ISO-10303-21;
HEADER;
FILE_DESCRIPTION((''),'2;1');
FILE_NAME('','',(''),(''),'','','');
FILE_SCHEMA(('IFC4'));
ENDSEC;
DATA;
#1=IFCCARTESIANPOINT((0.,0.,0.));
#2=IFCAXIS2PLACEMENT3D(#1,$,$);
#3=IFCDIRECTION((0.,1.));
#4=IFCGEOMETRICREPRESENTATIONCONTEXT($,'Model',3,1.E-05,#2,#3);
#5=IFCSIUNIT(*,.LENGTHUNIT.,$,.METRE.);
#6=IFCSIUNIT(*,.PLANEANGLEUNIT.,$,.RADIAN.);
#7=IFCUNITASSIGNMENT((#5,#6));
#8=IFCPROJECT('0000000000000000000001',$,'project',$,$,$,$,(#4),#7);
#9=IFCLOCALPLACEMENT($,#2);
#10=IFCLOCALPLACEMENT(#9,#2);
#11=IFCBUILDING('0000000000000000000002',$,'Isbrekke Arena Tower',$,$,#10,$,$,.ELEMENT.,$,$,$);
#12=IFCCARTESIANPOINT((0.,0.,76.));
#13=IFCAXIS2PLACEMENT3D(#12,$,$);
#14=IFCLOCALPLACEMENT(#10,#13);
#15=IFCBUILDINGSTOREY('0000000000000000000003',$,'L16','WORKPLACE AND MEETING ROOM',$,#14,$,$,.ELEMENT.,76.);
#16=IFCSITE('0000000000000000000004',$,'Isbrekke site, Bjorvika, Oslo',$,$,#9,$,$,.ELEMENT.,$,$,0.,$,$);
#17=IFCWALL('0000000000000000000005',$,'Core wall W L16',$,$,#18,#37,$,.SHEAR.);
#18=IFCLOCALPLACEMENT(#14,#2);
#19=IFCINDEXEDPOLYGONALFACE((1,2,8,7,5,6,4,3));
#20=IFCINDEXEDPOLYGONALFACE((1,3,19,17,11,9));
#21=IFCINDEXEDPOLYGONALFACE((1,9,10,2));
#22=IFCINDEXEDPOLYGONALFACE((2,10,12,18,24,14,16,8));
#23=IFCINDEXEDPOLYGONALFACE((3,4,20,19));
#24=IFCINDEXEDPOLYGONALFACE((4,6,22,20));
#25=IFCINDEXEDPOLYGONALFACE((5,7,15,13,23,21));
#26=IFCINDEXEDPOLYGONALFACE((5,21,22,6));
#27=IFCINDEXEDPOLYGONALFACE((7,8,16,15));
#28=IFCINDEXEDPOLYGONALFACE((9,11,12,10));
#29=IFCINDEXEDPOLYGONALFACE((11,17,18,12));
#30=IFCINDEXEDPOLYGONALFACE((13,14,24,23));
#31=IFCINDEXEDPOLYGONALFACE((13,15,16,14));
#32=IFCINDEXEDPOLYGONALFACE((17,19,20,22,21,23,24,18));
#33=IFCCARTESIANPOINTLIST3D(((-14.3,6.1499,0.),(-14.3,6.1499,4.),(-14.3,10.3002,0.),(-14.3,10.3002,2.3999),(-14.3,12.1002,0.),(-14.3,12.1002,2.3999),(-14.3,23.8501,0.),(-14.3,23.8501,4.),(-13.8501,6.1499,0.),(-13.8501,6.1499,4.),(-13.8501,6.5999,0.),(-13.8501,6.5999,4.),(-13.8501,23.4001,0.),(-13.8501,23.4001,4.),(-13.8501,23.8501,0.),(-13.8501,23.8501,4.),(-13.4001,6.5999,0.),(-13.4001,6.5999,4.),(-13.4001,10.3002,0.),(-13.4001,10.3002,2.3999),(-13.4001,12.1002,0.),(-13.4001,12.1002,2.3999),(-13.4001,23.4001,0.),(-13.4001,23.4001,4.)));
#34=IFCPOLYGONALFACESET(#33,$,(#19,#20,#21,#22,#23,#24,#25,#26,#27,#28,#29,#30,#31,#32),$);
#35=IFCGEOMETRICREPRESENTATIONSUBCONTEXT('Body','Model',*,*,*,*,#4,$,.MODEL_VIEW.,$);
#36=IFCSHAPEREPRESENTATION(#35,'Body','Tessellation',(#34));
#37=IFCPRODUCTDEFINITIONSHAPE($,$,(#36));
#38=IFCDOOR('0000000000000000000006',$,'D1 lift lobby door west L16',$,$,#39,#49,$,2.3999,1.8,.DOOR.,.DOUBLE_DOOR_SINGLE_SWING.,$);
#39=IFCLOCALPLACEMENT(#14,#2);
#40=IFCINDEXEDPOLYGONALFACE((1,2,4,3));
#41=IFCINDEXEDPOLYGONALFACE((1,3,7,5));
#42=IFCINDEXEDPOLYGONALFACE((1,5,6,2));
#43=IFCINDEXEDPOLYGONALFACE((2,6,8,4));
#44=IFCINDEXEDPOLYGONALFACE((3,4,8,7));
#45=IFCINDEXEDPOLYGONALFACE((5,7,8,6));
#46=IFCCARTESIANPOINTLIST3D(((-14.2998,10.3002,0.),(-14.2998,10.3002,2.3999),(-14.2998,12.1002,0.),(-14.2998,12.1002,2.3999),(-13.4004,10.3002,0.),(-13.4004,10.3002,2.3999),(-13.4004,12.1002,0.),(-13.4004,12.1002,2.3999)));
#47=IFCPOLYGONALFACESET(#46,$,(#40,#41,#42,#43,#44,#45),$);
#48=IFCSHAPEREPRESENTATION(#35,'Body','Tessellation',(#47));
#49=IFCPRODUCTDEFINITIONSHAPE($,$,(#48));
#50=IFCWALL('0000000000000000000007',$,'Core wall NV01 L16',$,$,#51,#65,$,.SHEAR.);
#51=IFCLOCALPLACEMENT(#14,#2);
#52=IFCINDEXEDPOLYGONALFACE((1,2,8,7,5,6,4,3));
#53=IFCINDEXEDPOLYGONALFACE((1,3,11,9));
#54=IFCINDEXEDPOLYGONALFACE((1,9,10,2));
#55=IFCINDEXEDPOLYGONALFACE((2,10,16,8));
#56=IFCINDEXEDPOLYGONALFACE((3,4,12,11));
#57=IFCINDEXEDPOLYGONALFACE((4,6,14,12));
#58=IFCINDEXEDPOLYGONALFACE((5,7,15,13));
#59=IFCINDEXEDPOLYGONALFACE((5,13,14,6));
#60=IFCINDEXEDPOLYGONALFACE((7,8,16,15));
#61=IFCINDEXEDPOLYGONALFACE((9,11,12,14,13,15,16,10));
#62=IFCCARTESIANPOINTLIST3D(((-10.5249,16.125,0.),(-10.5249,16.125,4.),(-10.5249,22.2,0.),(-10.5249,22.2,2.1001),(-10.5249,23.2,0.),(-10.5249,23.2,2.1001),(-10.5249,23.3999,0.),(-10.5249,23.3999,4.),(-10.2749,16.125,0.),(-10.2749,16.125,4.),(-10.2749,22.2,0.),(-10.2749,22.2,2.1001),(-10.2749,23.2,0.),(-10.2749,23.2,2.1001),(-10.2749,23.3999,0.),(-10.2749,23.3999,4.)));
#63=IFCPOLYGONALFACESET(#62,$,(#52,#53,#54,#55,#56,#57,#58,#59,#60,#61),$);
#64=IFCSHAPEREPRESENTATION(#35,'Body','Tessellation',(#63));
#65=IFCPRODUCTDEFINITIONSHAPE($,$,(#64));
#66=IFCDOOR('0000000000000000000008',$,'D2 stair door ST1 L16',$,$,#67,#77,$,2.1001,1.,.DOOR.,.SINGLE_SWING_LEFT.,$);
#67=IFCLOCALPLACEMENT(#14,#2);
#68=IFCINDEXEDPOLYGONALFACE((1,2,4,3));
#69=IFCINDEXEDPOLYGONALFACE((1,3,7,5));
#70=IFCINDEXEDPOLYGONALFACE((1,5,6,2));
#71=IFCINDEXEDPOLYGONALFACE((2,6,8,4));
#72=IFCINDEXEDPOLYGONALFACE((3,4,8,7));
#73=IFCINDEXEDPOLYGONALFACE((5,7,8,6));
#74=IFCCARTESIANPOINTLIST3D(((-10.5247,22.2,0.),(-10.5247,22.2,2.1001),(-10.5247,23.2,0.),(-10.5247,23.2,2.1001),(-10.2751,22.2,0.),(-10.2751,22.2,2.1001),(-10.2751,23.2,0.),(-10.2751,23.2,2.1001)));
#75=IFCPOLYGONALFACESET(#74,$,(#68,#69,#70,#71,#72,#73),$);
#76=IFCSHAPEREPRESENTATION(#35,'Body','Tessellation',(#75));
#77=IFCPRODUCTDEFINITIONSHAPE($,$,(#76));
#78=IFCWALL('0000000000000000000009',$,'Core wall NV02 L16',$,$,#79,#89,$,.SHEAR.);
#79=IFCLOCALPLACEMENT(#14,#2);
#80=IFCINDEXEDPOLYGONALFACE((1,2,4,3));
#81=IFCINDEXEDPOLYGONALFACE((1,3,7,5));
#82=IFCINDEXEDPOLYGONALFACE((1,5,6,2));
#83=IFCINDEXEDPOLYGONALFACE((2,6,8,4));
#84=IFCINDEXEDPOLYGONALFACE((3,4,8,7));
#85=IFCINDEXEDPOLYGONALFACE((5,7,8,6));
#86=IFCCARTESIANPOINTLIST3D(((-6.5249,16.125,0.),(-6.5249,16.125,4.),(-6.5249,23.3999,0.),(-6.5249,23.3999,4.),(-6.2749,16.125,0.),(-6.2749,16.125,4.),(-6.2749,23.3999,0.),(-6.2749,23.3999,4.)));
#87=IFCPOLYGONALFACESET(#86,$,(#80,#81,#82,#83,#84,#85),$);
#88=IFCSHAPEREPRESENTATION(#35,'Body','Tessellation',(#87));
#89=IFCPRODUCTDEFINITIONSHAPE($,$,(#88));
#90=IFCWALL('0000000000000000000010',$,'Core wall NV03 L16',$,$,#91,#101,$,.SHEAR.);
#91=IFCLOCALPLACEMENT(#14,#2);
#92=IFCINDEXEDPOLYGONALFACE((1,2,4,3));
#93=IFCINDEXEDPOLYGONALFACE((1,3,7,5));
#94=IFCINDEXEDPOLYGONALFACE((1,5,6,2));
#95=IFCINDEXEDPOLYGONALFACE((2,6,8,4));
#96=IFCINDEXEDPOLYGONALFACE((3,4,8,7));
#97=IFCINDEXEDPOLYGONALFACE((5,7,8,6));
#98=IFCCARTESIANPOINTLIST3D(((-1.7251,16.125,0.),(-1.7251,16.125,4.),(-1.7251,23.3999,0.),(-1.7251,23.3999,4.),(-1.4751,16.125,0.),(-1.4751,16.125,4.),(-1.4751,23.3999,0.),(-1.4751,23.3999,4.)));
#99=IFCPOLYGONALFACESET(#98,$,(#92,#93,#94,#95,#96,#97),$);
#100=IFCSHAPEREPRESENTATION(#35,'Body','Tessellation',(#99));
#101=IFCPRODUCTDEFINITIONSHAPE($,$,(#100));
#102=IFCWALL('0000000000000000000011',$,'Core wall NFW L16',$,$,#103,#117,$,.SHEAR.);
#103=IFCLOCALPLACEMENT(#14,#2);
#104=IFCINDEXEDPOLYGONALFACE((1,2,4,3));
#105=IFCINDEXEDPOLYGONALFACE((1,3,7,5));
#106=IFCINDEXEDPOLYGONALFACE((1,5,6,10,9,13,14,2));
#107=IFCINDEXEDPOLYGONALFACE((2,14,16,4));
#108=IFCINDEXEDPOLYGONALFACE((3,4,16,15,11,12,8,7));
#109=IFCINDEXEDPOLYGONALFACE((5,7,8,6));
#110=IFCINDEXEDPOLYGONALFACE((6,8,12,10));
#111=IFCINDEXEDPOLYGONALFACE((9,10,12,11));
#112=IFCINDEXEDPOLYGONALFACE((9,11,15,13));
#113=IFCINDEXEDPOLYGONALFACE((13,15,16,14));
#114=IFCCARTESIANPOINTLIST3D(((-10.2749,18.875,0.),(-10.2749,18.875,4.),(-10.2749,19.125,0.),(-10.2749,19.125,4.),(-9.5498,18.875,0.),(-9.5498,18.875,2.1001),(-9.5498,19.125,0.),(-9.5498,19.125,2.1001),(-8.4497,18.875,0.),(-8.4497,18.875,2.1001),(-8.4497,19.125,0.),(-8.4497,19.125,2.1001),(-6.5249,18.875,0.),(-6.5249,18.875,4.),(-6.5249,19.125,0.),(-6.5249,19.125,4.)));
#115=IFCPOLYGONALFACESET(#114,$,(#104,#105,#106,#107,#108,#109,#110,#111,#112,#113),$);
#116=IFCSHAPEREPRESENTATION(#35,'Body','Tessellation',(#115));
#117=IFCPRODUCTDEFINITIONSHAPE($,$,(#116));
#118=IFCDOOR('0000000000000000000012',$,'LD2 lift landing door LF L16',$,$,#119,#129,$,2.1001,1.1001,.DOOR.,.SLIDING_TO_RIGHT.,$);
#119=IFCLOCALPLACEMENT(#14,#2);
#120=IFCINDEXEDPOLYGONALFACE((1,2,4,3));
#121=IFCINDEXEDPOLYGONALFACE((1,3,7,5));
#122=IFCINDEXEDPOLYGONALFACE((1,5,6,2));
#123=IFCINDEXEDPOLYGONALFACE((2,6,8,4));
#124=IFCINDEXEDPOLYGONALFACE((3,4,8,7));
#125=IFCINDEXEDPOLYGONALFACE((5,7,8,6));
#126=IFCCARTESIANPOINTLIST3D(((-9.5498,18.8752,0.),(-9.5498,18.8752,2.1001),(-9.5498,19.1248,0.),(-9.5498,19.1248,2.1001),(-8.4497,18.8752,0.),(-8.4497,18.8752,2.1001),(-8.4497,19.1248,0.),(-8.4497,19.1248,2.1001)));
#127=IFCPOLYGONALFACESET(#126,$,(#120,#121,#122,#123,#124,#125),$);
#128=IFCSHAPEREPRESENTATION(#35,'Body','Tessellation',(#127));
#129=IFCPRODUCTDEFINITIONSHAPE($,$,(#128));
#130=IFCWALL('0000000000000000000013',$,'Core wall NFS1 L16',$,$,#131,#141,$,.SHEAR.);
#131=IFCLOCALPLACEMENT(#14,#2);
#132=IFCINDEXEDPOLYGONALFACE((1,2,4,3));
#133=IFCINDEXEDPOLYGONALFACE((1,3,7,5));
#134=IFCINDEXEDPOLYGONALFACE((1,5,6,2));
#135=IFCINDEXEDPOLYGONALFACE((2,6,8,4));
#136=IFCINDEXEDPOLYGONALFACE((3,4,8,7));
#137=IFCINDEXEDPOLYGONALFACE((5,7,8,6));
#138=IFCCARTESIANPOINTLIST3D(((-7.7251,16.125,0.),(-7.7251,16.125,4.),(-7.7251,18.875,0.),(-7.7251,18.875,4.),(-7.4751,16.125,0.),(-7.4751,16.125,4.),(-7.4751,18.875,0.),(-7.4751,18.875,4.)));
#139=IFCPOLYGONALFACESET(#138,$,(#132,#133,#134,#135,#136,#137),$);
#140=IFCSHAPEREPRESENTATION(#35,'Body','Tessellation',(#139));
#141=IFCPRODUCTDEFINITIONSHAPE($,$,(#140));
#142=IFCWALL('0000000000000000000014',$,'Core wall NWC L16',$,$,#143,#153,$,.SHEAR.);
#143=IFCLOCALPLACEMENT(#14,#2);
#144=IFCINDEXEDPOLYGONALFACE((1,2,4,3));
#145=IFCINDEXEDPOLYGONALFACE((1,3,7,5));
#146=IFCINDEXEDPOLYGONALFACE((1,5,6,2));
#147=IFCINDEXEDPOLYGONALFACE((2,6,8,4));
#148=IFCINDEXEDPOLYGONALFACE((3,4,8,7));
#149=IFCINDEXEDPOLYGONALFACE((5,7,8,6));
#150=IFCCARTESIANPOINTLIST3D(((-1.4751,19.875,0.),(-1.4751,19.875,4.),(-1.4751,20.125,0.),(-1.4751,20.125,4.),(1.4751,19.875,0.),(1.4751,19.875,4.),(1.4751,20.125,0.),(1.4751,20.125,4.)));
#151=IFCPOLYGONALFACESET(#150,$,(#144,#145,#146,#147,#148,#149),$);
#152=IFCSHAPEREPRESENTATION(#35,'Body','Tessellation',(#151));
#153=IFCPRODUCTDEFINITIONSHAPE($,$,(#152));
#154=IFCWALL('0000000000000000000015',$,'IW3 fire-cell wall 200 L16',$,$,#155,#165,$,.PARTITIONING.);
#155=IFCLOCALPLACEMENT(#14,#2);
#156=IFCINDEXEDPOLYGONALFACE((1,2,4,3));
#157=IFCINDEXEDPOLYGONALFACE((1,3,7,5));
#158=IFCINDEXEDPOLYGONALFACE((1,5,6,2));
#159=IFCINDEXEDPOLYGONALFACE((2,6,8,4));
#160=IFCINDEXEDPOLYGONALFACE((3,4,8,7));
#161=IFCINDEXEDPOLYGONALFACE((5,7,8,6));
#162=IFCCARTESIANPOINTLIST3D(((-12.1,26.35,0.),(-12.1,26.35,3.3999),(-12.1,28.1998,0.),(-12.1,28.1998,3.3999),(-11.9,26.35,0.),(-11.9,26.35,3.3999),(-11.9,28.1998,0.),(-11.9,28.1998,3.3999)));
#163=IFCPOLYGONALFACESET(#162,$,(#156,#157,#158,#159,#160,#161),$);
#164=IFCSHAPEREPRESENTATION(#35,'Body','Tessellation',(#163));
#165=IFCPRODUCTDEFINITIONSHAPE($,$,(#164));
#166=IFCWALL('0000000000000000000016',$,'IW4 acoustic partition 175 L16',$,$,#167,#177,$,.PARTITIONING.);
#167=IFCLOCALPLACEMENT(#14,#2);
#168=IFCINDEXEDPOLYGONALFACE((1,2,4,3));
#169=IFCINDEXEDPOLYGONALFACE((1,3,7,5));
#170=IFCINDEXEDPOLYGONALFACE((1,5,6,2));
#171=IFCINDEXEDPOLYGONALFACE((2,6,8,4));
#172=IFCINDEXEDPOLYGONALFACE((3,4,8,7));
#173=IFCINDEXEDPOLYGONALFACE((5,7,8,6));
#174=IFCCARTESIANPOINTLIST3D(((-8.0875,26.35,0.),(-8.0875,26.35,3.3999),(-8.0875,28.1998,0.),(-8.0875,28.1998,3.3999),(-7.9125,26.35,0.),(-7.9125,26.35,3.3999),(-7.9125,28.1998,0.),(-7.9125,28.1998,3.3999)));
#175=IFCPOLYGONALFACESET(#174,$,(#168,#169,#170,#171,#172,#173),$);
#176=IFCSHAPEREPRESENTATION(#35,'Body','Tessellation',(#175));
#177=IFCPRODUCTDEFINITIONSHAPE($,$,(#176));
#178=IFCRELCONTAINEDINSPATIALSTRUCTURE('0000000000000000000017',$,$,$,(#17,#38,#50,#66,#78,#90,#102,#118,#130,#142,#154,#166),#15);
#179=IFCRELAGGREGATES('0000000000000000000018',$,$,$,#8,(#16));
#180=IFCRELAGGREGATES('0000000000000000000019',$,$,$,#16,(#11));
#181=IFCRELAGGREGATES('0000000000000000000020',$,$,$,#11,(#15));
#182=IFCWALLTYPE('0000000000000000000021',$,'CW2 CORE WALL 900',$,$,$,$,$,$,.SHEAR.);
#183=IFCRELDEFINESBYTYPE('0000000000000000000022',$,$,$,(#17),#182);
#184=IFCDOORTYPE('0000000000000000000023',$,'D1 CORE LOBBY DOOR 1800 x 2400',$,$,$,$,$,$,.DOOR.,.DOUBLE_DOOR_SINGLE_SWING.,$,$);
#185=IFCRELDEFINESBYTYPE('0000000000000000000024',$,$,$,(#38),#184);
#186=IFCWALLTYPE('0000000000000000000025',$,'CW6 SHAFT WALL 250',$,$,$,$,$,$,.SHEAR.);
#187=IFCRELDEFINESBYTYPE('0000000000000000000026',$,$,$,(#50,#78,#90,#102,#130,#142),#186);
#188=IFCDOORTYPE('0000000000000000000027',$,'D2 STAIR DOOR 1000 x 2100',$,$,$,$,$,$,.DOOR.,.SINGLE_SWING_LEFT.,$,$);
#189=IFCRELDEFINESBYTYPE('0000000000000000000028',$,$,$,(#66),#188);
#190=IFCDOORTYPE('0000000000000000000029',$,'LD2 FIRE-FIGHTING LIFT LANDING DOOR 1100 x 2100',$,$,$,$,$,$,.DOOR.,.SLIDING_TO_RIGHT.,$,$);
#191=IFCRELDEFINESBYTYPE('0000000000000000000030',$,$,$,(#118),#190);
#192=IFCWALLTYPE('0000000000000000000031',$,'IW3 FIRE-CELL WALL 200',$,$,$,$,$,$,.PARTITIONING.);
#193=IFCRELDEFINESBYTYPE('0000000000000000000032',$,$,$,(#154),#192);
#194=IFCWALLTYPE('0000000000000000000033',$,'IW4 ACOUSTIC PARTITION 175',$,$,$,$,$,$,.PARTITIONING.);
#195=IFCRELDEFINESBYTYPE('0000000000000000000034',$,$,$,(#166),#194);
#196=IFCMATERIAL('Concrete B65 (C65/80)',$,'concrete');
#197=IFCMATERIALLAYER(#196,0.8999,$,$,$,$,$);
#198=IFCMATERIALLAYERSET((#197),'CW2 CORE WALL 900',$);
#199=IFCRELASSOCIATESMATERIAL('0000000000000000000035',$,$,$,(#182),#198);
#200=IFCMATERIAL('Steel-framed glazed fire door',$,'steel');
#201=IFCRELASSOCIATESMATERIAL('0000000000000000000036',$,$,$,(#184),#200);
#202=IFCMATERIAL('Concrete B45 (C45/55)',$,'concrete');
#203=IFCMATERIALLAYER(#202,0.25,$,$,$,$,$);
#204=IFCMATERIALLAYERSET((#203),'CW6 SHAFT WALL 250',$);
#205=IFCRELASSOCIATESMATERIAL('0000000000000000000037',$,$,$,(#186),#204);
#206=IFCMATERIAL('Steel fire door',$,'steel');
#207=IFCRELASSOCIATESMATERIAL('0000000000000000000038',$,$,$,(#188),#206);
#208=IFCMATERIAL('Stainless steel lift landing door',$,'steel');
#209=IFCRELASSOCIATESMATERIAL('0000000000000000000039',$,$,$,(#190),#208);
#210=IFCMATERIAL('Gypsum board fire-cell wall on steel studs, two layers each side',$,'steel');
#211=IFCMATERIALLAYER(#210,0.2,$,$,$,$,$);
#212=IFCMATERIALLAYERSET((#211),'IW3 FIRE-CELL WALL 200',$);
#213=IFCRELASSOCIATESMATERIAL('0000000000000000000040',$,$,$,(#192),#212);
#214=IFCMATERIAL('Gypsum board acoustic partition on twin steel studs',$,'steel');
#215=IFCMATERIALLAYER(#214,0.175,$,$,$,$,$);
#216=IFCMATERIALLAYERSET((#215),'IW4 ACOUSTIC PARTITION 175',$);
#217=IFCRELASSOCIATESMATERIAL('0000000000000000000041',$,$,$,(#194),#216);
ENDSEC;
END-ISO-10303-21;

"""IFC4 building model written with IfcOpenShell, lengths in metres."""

from ifc_helpers import new_model, si_unit, direction, frame, frame_2d, origin, place, context, subcontext, project, spatial, polyline, rectangle, outline, extrude, material, layer, layer_set, type_object, element, fill, save


model = new_model("IFC4")

# Units and contexts
model_context = context("Model", 3, precision=1e-05, world=origin(), true_north=direction((0.0, 1.0)))
body_context = subcontext(model_context, "Body", "Model", "MODEL_VIEW")
ifc_project = project(units=[si_unit("LENGTHUNIT", "METRE"), si_unit("PLANEANGLEUNIT", "RADIAN")], contexts=[model_context])

# Site, building, storey
site_placement = place(None, origin())
site = spatial("IfcSite", under=ifc_project, at=site_placement, Name="Isbrekke site, Bjorvika, Oslo", CompositionType="ELEMENT", RefElevation=0.0)
building_placement = place(site_placement, origin())
building = spatial("IfcBuilding", under=site, at=building_placement, Name="Isbrekke Arena Tower", CompositionType="ELEMENT")
storey_placement = place(building_placement, frame((0.0, 0.0, 76.0)))
storey = spatial("IfcBuildingStorey", under=building, at=storey_placement, Name="L16", Description="WORKPLACE AND MEETING ROOM", CompositionType="ELEMENT", Elevation=76.0)

# Walls, openings, doors
ifc_material_1 = material(Name="Concrete B65 (C65/80)", Category="concrete")
ifc_layer_1 = layer(ifc_material_1, 0.8999)
ifc_layer_set_1 = layer_set([ifc_layer_1], Name="CW2 CORE WALL 900")
wall_type_1 = type_object("IfcWallType", Name="CW2 CORE WALL 900", PredefinedType="SHEAR", material=ifc_layer_set_1)
wall_1_placement = place(storey_placement, frame((-13.8501, 23.8501, 0.0), z_axis=(0.0, 0.0, 1.0), x_axis=(0.0, -1.0, 0.0)))
wall_1 = element("IfcWall", 1, at=wall_1_placement, inside=storey, type_object=wall_type_1, Name="Core wall W L16", PredefinedType="SHEAR", context=body_context, shape_type="SweptSolid", body=[
    extrude(outline(polyline([(0.0, -0.45), (17.7002, -0.45), (17.7002, 0.0), (17.2502, 0.0), (17.2502, 0.45), (0.45, 0.45), (0.45, 0.0), (0.0, 0.0), (0.0, -0.45)])), origin(), (0.0, 0.0, 1.0), 4.0),
])
opening_1_placement = place(wall_1_placement, frame((11.75, 0.0, 0.0)))
opening_1 = element("IfcOpeningElement", 2, at=opening_1_placement, cuts=wall_1, PredefinedType="OPENING", context=body_context, shape_type="SweptSolid", body=[
    extrude(rectangle(XDim=1.8, YDim=2.3999, at=frame_2d((0.8999, 1.2))), frame((0.0, 0.4648, 0.0), z_axis=(0.0, -1.0, 0.0), x_axis=(1.0, 0.0, 0.0)), (0.0, 0.0, 1.0), 0.9297),
])
ifc_material_2 = material(Name="Steel-framed glazed fire door", Category="steel")
door_type_1 = type_object("IfcDoorType", Name="D1 CORE LOBBY DOOR 1800 x 2400", OperationType="DOUBLE_DOOR_SINGLE_SWING", PredefinedType="DOOR", material=ifc_material_2)
door_1_placement = place(opening_1_placement, origin())
door_1 = element("IfcDoor", 3, at=door_1_placement, inside=storey, type_object=door_type_1, Name="D1 lift lobby door west L16", OperationType="DOUBLE_DOOR_SINGLE_SWING", OverallHeight=2.3999, OverallWidth=1.8, PredefinedType="DOOR", context=body_context, shape_type="SweptSolid", body=[
    extrude(rectangle(XDim=1.8, YDim=2.3999, at=frame_2d((0.8999, 1.2))), frame((0.0, 0.4497, 0.0), z_axis=(0.0, -1.0, 0.0), x_axis=(1.0, 0.0, 0.0)), (0.0, 0.0, 1.0), 0.8994),
])
fill(opening_1, door_1)
ifc_material_3 = material(Name="Concrete B45 (C45/55)", Category="concrete")
ifc_layer_2 = layer(ifc_material_3, 0.25)
ifc_layer_set_2 = layer_set([ifc_layer_2], Name="CW6 SHAFT WALL 250")
wall_type_2 = type_object("IfcWallType", Name="CW6 SHAFT WALL 250", PredefinedType="SHEAR", material=ifc_layer_set_2)
wall_2_placement = place(storey_placement, frame((-10.3999, 16.125, 0.0), z_axis=(0.0, 0.0, 1.0), x_axis=(0.0, 1.0, 0.0)))
wall_2 = element("IfcWall", 4, at=wall_2_placement, inside=storey, type_object=wall_type_2, Name="Core wall NV01 L16", PredefinedType="SHEAR", context=body_context, shape_type="SweptSolid", body=[
    extrude(rectangle(XDim=7.2749, YDim=0.25, at=frame_2d((3.6375, 0.0))), origin(), (0.0, 0.0, 1.0), 4.0),
])
opening_2_placement = place(wall_2_placement, frame((6.075, 0.0, 0.0)))
opening_2 = element("IfcOpeningElement", 5, at=opening_2_placement, cuts=wall_2, PredefinedType="OPENING", context=body_context, shape_type="SweptSolid", body=[
    extrude(rectangle(XDim=1.0, YDim=2.1001, at=frame_2d((0.5, 1.05))), frame((0.0, 0.1399, 0.0), z_axis=(0.0, -1.0, 0.0), x_axis=(1.0, 0.0, 0.0)), (0.0, 0.0, 1.0), 0.2798),
])
ifc_material_4 = material(Name="Steel fire door", Category="steel")
door_type_2 = type_object("IfcDoorType", Name="D2 STAIR DOOR 1000 x 2100", OperationType="SINGLE_SWING_LEFT", PredefinedType="DOOR", material=ifc_material_4)
door_2_placement = place(opening_2_placement, origin())
door_2 = element("IfcDoor", 6, at=door_2_placement, inside=storey, type_object=door_type_2, Name="D2 stair door ST1 L16", OperationType="SINGLE_SWING_LEFT", OverallHeight=2.1001, OverallWidth=1.0, PredefinedType="DOOR", context=body_context, shape_type="SweptSolid", body=[
    extrude(rectangle(XDim=1.0, YDim=2.1001, at=frame_2d((0.5, 1.05))), frame((0.0, 0.1248, 0.0), z_axis=(0.0, -1.0, 0.0), x_axis=(1.0, 0.0, 0.0)), (0.0, 0.0, 1.0), 0.2495),
])
fill(opening_2, door_2)

# Walls
for number, where, z_axis, x_axis, name in (
    (7, (-6.3999, 16.125, 0.0), (0.0, 0.0, 1.0), (0.0, 1.0, 0.0), "Core wall NV02 L16"),
    (8, (-1.6001, 16.125, 0.0), (0.0, 0.0, 1.0), (0.0, 1.0, 0.0), "Core wall NV03 L16"),
):
    element("IfcWall", number, at=place(storey_placement, frame(where, z_axis=z_axis, x_axis=x_axis)), inside=storey, type_object=wall_type_2, Name=name, PredefinedType="SHEAR", context=body_context, shape_type="SweptSolid", body=[
        extrude(rectangle(XDim=7.2749, YDim=0.25, at=frame_2d((3.6375, 0.0))), origin(), (0.0, 0.0, 1.0), 4.0),
    ])

# Wall, opening, door
wall_3_placement = place(storey_placement, frame((-10.2749, 19.0, 0.0), z_axis=(0.0, 0.0, 1.0), x_axis=(1.0, 0.0, 0.0)))
wall_3 = element("IfcWall", 9, at=wall_3_placement, inside=storey, type_object=wall_type_2, Name="Core wall NFW L16", PredefinedType="SHEAR", context=body_context, shape_type="SweptSolid", body=[
    extrude(rectangle(XDim=3.75, YDim=0.25, at=frame_2d((1.875, 0.0))), origin(), (0.0, 0.0, 1.0), 4.0),
])
opening_3_placement = place(wall_3_placement, frame((0.7251, 0.0, 0.0)))
opening_3 = element("IfcOpeningElement", 10, at=opening_3_placement, cuts=wall_3, PredefinedType="OPENING", context=body_context, shape_type="SweptSolid", body=[
    extrude(rectangle(XDim=1.1001, YDim=2.1001, at=frame_2d((0.55, 1.05))), frame((0.0, 0.1399, 0.0), z_axis=(0.0, -1.0, 0.0), x_axis=(1.0, 0.0, 0.0)), (0.0, 0.0, 1.0), 0.2798),
])
ifc_material_5 = material(Name="Stainless steel lift landing door", Category="steel")
door_type_3 = type_object("IfcDoorType", Name="LD2 FIRE-FIGHTING LIFT LANDING DOOR 1100 x 2100", OperationType="SLIDING_TO_RIGHT", PredefinedType="DOOR", material=ifc_material_5)
door_3_placement = place(opening_3_placement, origin())
door_3 = element("IfcDoor", 11, at=door_3_placement, inside=storey, type_object=door_type_3, Name="LD2 lift landing door LF L16", OperationType="SLIDING_TO_RIGHT", OverallHeight=2.1001, OverallWidth=1.1001, PredefinedType="DOOR", context=body_context, shape_type="SweptSolid", body=[
    extrude(rectangle(XDim=1.1001, YDim=2.1001, at=frame_2d((0.55, 1.05))), frame((0.0, 0.1248, 0.0), z_axis=(0.0, -1.0, 0.0), x_axis=(1.0, 0.0, 0.0)), (0.0, 0.0, 1.0), 0.2495),
])
fill(opening_3, door_3)

# Walls
wall_4_placement = place(storey_placement, frame((-7.6001, 16.125, 0.0), z_axis=(0.0, 0.0, 1.0), x_axis=(0.0, 1.0, 0.0)))
element("IfcWall", 12, at=wall_4_placement, inside=storey, type_object=wall_type_2, Name="Core wall NFS1 L16", PredefinedType="SHEAR", context=body_context, shape_type="SweptSolid", body=[
    extrude(rectangle(XDim=2.75, YDim=0.25, at=frame_2d((1.375, 0.0))), origin(), (0.0, 0.0, 1.0), 4.0),
])
wall_5_placement = place(storey_placement, frame((-1.4751, 20.0, 0.0), z_axis=(0.0, 0.0, 1.0), x_axis=(1.0, 0.0, 0.0)))
element("IfcWall", 13, at=wall_5_placement, inside=storey, type_object=wall_type_2, Name="Core wall NWC L16", PredefinedType="SHEAR", context=body_context, shape_type="SweptSolid", body=[
    extrude(rectangle(XDim=2.9502, YDim=0.25, at=frame_2d((1.4751, 0.0))), origin(), (0.0, 0.0, 1.0), 4.0),
])
ifc_material_6 = material(Name="Gypsum board fire-cell wall on steel studs, two layers each side", Category="steel")
ifc_layer_3 = layer(ifc_material_6, 0.2)
ifc_layer_set_3 = layer_set([ifc_layer_3], Name="IW3 FIRE-CELL WALL 200")
wall_type_3 = type_object("IfcWallType", Name="IW3 FIRE-CELL WALL 200", PredefinedType="PARTITIONING", material=ifc_layer_set_3)
wall_6_placement = place(storey_placement, frame((-12.0, 26.3501, 0.0), z_axis=(0.0, 0.0, 1.0), x_axis=(0.0, 1.0, 0.0)))
element("IfcWall", 14, at=wall_6_placement, inside=storey, type_object=wall_type_3, Name="IW3 fire-cell wall 200 L16", PredefinedType="PARTITIONING", context=body_context, shape_type="SweptSolid", body=[
    extrude(rectangle(XDim=1.8499, YDim=0.2, at=frame_2d((0.9248, 0.0))), origin(), (0.0, 0.0, 1.0), 3.3999),
])
ifc_material_7 = material(Name="Gypsum board acoustic partition on twin steel studs", Category="steel")
ifc_layer_4 = layer(ifc_material_7, 0.175)
ifc_layer_set_4 = layer_set([ifc_layer_4], Name="IW4 ACOUSTIC PARTITION 175")
wall_type_4 = type_object("IfcWallType", Name="IW4 ACOUSTIC PARTITION 175", PredefinedType="PARTITIONING", material=ifc_layer_set_4)
wall_7_placement = place(storey_placement, frame((-8.0, 26.3501, 0.0), z_axis=(0.0, 0.0, 1.0), x_axis=(0.0, 1.0, 0.0)))
element("IfcWall", 15, at=wall_7_placement, inside=storey, type_object=wall_type_4, Name="IW4 acoustic partition 175 L16", PredefinedType="PARTITIONING", context=body_context, shape_type="SweptSolid", body=[
    extrude(rectangle(XDim=1.8499, YDim=0.175, at=frame_2d((0.9248, 0.0))), origin(), (0.0, 0.0, 1.0), 3.3999),
])

save(model, "model.ifc")
